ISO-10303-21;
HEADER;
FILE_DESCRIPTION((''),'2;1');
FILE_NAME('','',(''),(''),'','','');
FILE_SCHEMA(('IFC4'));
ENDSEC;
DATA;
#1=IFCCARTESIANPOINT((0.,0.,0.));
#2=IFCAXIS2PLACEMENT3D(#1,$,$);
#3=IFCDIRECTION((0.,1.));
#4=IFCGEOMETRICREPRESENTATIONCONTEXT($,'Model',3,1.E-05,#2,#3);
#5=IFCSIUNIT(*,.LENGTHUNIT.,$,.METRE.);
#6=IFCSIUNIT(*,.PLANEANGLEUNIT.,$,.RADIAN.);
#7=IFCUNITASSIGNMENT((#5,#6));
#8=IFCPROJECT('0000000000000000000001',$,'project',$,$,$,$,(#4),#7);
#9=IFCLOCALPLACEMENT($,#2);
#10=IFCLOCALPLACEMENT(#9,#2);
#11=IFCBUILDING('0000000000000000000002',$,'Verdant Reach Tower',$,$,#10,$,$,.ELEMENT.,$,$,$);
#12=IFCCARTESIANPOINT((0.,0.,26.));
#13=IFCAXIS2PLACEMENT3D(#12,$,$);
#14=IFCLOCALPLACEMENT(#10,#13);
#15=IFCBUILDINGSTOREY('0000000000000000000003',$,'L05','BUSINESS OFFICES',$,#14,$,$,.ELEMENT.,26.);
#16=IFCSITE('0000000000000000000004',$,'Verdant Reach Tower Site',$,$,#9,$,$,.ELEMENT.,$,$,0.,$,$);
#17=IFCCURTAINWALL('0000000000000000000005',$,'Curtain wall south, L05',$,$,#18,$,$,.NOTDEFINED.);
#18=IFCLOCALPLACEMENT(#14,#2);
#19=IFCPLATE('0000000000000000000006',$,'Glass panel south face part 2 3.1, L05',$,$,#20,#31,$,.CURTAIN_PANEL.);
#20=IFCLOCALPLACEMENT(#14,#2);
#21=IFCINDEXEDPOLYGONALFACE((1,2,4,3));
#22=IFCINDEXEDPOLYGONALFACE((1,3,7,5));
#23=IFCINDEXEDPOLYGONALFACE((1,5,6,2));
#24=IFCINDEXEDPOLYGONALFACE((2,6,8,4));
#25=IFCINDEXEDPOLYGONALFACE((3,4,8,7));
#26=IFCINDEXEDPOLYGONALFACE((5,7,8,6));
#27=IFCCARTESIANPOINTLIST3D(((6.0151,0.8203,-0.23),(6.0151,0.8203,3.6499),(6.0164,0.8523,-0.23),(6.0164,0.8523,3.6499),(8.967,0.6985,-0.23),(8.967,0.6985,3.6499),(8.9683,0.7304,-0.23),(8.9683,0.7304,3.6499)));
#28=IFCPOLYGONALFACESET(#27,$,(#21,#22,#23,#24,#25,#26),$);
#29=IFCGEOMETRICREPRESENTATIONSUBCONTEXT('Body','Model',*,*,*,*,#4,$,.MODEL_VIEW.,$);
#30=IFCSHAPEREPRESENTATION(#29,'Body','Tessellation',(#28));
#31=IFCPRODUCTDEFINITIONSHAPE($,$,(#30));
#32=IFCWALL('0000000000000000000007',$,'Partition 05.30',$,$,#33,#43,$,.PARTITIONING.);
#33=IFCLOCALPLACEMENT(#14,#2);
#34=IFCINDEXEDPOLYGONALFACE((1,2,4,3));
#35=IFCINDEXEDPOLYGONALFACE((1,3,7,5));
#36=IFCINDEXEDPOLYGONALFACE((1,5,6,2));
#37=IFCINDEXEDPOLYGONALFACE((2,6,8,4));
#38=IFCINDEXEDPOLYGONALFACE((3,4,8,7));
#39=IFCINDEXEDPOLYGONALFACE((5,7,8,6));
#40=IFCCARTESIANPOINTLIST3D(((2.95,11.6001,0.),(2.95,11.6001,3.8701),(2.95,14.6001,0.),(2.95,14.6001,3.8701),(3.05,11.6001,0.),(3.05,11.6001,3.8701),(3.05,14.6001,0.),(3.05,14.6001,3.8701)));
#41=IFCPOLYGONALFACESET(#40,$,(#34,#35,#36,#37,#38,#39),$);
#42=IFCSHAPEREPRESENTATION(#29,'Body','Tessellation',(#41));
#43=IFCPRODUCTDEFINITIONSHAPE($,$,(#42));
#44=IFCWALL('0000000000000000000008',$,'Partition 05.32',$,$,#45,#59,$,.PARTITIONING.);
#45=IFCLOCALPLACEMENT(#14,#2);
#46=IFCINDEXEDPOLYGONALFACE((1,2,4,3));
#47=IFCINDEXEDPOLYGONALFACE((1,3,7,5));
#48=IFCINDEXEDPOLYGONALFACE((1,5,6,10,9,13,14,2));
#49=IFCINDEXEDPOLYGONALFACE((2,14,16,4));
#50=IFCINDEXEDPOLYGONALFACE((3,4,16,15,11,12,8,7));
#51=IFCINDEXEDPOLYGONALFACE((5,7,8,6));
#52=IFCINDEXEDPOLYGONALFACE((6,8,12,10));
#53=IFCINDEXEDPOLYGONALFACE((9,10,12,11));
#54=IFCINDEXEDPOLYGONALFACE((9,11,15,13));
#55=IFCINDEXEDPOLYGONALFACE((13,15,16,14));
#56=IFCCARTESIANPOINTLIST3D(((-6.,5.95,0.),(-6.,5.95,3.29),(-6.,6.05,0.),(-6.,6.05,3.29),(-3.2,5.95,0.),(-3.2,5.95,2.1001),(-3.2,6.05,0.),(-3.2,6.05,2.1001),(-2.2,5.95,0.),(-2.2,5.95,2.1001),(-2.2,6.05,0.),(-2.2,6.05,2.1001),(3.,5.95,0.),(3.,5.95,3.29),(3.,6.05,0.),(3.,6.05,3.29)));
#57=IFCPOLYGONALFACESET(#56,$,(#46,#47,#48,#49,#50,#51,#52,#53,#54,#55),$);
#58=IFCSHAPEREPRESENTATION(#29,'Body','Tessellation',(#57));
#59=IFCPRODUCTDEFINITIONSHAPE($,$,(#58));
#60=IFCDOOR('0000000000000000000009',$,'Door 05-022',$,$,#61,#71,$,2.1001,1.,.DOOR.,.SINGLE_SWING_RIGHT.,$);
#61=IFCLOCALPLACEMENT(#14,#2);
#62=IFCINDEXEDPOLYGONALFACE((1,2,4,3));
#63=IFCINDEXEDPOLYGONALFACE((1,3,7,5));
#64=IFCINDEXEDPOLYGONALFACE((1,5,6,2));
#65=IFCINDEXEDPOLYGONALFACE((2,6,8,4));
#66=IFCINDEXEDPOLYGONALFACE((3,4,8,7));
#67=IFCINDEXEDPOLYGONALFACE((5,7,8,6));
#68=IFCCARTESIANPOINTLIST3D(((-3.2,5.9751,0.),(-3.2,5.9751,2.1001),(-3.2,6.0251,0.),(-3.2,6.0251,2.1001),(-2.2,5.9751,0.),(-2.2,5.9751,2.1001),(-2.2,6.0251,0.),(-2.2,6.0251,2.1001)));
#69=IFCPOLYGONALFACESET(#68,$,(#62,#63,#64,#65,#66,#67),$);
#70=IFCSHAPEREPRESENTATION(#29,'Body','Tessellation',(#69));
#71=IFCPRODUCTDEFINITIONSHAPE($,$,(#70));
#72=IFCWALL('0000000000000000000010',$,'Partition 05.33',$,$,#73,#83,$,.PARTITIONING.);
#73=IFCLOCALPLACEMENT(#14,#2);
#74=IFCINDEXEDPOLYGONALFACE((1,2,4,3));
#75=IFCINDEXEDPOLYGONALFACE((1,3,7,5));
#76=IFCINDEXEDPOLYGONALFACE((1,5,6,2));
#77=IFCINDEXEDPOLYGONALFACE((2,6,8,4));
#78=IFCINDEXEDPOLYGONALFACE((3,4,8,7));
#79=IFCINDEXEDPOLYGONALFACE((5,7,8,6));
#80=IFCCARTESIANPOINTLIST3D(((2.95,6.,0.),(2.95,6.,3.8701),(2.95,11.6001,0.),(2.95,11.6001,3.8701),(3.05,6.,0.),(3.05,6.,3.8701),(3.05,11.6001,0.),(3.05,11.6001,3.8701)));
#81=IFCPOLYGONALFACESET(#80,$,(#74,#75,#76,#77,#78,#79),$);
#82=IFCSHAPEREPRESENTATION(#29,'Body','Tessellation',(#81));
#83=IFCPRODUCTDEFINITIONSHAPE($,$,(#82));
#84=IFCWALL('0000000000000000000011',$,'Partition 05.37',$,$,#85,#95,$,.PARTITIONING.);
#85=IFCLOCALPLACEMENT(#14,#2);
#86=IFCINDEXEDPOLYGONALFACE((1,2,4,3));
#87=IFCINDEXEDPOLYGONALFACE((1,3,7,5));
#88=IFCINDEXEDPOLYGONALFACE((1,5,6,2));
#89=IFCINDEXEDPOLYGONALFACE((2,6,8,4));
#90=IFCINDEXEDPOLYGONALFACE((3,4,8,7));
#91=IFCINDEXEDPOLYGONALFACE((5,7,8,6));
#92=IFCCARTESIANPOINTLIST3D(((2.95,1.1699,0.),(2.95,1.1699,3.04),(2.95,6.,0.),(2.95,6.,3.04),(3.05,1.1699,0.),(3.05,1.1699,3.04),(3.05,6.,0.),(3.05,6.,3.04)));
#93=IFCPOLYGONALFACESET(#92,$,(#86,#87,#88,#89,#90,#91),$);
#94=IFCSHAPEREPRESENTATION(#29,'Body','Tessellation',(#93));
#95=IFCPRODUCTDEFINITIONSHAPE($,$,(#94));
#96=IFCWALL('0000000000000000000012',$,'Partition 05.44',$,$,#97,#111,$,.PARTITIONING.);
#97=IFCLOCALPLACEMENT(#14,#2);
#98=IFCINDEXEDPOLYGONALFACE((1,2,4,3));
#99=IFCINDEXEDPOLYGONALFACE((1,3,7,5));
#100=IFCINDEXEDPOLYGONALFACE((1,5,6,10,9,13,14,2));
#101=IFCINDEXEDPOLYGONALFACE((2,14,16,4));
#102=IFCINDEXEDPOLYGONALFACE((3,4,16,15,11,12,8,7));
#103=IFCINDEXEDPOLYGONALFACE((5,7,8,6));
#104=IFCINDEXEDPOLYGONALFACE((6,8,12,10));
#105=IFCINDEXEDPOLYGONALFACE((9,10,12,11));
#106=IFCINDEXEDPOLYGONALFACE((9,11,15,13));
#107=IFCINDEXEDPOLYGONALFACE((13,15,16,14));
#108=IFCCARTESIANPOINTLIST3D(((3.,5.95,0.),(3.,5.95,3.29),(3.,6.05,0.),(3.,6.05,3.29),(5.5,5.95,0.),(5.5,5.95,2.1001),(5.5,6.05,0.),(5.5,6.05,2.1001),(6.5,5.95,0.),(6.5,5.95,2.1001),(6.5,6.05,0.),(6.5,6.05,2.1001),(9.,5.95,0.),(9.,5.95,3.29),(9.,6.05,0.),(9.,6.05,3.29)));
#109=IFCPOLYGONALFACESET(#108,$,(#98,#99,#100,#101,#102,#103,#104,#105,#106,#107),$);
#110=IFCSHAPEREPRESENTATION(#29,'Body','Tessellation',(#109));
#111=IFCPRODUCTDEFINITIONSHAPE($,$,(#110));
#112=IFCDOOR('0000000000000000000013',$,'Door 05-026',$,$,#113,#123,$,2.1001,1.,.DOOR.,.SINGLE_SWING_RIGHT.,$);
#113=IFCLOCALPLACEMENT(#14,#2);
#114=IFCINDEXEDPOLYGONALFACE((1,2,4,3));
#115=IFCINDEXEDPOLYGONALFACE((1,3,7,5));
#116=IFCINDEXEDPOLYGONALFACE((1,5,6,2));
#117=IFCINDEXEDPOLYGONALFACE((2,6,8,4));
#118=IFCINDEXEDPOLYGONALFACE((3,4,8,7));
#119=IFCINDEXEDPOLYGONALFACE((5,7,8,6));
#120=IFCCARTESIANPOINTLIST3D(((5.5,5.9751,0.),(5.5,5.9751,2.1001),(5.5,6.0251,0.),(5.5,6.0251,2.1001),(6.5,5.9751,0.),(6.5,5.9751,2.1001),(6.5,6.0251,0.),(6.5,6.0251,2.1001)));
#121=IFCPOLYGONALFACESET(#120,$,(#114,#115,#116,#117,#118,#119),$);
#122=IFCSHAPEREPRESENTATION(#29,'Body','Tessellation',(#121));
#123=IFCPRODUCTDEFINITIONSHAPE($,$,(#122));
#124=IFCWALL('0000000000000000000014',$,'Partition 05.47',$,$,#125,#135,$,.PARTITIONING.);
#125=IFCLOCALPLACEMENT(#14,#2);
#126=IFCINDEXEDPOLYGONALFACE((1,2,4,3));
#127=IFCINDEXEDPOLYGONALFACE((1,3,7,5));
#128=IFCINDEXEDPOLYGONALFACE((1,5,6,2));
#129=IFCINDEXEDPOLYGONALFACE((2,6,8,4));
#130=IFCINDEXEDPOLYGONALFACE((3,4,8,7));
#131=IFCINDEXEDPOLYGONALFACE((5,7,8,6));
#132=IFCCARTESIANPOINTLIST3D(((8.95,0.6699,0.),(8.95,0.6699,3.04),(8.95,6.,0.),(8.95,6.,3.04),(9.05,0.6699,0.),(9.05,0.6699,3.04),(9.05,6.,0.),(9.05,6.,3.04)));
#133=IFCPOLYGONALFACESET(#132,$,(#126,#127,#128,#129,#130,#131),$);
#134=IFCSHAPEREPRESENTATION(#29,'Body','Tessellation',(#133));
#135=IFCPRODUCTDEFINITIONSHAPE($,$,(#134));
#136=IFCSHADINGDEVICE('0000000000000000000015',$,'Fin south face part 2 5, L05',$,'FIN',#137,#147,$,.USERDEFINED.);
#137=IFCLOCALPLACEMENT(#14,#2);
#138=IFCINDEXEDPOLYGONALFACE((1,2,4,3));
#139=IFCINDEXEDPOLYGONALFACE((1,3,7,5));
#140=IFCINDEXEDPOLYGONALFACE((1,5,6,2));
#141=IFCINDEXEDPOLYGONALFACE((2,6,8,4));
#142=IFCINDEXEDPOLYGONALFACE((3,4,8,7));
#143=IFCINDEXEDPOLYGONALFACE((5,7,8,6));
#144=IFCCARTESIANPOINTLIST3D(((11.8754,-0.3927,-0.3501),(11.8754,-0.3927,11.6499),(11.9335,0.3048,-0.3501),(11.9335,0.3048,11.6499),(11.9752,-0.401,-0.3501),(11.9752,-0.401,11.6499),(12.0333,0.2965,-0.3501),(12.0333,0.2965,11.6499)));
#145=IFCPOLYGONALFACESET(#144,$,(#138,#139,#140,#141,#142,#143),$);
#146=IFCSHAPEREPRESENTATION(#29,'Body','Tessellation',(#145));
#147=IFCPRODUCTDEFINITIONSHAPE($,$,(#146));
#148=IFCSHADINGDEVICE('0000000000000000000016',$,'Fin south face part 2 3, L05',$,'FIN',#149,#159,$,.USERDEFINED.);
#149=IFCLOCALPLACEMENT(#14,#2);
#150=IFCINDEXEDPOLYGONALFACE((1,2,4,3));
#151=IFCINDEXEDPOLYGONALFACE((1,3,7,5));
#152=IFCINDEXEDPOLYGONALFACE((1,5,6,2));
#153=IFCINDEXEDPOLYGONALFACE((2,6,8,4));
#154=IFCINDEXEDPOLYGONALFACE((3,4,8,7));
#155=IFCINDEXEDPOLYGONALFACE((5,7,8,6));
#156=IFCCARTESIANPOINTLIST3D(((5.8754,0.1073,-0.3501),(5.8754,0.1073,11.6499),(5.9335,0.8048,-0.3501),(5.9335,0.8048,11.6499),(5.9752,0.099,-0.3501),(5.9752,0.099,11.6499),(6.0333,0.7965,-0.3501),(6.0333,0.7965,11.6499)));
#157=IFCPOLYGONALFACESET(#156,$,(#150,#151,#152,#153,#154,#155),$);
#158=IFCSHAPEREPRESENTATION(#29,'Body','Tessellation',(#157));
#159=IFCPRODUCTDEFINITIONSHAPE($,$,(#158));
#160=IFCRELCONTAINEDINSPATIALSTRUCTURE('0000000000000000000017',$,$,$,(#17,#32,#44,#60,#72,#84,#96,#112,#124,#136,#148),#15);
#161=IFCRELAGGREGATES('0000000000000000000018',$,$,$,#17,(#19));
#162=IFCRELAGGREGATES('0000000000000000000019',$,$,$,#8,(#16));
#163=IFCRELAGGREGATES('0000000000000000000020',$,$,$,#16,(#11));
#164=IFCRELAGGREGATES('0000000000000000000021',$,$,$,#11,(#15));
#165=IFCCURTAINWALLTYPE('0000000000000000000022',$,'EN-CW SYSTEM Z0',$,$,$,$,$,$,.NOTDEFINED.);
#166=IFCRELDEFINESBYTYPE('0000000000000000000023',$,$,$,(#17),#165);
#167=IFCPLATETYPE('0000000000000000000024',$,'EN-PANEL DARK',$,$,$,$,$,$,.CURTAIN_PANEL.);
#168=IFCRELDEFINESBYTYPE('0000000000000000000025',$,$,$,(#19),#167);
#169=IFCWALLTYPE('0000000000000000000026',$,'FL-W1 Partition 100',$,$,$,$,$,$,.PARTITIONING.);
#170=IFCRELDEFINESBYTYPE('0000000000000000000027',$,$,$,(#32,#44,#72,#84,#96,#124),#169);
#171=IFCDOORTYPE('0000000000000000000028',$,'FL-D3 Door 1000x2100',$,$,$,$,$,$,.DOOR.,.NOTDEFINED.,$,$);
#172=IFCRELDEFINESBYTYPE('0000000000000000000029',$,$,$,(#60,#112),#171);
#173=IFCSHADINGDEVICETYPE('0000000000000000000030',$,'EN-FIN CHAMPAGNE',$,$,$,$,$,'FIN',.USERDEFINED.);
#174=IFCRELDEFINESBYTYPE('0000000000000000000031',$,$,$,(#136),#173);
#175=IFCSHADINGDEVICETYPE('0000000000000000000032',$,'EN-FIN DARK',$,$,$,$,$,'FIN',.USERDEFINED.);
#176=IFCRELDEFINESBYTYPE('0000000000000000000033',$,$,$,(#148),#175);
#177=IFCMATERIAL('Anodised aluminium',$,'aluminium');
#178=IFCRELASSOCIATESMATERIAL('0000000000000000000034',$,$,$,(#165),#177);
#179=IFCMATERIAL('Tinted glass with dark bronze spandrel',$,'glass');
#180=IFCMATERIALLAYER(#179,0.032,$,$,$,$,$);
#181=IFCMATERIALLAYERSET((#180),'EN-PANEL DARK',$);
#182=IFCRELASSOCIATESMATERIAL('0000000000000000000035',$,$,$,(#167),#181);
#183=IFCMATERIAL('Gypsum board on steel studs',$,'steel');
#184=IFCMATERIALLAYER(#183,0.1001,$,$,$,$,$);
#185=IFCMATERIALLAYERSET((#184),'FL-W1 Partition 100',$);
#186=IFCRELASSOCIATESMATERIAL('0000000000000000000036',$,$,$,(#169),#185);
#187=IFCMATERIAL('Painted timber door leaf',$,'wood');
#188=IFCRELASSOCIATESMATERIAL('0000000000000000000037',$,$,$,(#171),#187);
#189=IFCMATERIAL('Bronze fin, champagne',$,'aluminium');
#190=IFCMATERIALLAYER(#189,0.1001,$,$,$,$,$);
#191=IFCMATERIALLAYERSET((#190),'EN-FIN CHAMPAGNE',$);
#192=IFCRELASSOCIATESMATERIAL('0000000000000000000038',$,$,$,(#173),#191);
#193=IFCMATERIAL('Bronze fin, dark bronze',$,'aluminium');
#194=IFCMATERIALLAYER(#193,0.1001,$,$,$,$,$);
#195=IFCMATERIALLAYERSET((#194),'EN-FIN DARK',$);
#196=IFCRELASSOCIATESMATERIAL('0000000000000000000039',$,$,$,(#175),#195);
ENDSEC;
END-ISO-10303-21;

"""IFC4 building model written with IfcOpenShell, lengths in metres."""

from ifc_helpers import new_model, si_unit, direction, frame, frame_2d, origin, origin_2d, place, context, subcontext, project, spatial, rectangle, extrude, material, layer, layer_set, type_object, element, fill, aggregate, save


model = new_model("IFC4")

# Units and contexts
model_context = context("Model", 3, precision=1e-05, world=origin(), true_north=direction((0.0, 1.0)))
body_context = subcontext(model_context, "Body", "Model", "MODEL_VIEW")
ifc_project = project(units=[si_unit("LENGTHUNIT", "METRE"), si_unit("PLANEANGLEUNIT", "RADIAN")], contexts=[model_context])

# Site, building, storey
site_placement = place(None, origin())
site = spatial("IfcSite", under=ifc_project, at=site_placement, Name="Verdant Reach Tower Site", CompositionType="ELEMENT", RefElevation=0.0)
building_placement = place(site_placement, origin())
building = spatial("IfcBuilding", under=site, at=building_placement, Name="Verdant Reach Tower", CompositionType="ELEMENT")
storey_placement = place(building_placement, frame((0.0, 0.0, 26.0)))
storey = spatial("IfcBuildingStorey", under=building, at=storey_placement, Name="L05", Description="BUSINESS OFFICES", CompositionType="ELEMENT", Elevation=26.0)

# Curtain wall
ifc_material_1 = material(Name="Anodised aluminium", Category="aluminium")
curtain_wall_type = type_object("IfcCurtainWallType", Name="EN-CW SYSTEM Z0", PredefinedType="NOTDEFINED", material=ifc_material_1)
curtain_wall_placement = place(storey_placement, origin())
curtain_wall = element("IfcCurtainWall", 1, at=curtain_wall_placement, inside=storey, type_object=curtain_wall_type, Name="Curtain wall south, L05", PredefinedType="NOTDEFINED")

# Plate
ifc_material_2 = material(Name="Tinted glass with dark bronze spandrel", Category="glass")
ifc_layer_1 = layer(ifc_material_2, 0.032)
ifc_layer_set_1 = layer_set([ifc_layer_1], Name="EN-PANEL DARK")
plate_type_1 = type_object("IfcPlateType", Name="EN-PANEL DARK", PredefinedType="CURTAIN_PANEL", material=ifc_layer_set_1)
plate_1_placement = place(storey_placement, frame((7.4917, 0.7754, -0.23), z_axis=(0.0, 0.0, 1.0), x_axis=(0.999149, -0.041242, 0.0)))
plate_1 = element("IfcPlate", 2, at=plate_1_placement, type_object=plate_type_1, Name="Glass panel south face part 2 3.1, L05", PredefinedType="CURTAIN_PANEL", context=body_context, shape_type="SweptSolid", body=[
    extrude(rectangle(XDim=2.9543, YDim=0.032, at=origin_2d()), origin(), (0.0, 0.0, 1.0), 3.8799),
])
aggregate(curtain_wall, [plate_1])

# Wall
ifc_material_3 = material(Name="Gypsum board on steel studs", Category="steel")
ifc_layer_2 = layer(ifc_material_3, 0.1001)
ifc_layer_set_2 = layer_set([ifc_layer_2], Name="FL-W1 Partition 100")
wall_type = type_object("IfcWallType", Name="FL-W1 Partition 100", PredefinedType="PARTITIONING", material=ifc_layer_set_2)
wall_1_placement = place(storey_placement, frame((3.0, 11.6001, 0.0), z_axis=(0.0, 0.0, 1.0), x_axis=(0.0, 1.0, 0.0)))
element("IfcWall", 3, at=wall_1_placement, inside=storey, type_object=wall_type, Name="Partition 05.30", PredefinedType="PARTITIONING", context=body_context, shape_type="SweptSolid", body=[
    extrude(rectangle(XDim=3.0, YDim=0.1001, at=frame_2d((1.5, 0.0))), origin(), (0.0, 0.0, 1.0), 3.8701),
])

# Wall, opening, door
wall_2_placement = place(storey_placement, frame((3.0, 6.0, 0.0), z_axis=(0.0, 0.0, 1.0), x_axis=(-1.0, 0.0, 0.0)))
wall_2 = element("IfcWall", 4, at=wall_2_placement, inside=storey, type_object=wall_type, Name="Partition 05.32", PredefinedType="PARTITIONING", context=body_context, shape_type="SweptSolid", body=[
    extrude(rectangle(XDim=9.0, YDim=0.1001, at=frame_2d((4.5, 0.0))), origin(), (0.0, 0.0, 1.0), 3.29),
])
opening_1_placement = place(wall_2_placement, frame((5.2, 0.0, 0.0)))
opening_1 = element("IfcOpeningElement", 5, at=opening_1_placement, cuts=wall_2, PredefinedType="OPENING", context=body_context, shape_type="SweptSolid", body=[
    extrude(rectangle(XDim=1.0, YDim=2.1001, at=frame_2d((0.5, 1.05))), frame((0.0, 0.0601, 0.0), z_axis=(0.0, -1.0, 0.0), x_axis=(1.0, 0.0, 0.0)), (0.0, 0.0, 1.0), 0.1201),
])
ifc_material_4 = material(Name="Painted timber door leaf", Category="wood")
door_type = type_object("IfcDoorType", Name="FL-D3 Door 1000x2100", OperationType="NOTDEFINED", PredefinedType="DOOR", material=ifc_material_4)
door_1_placement = place(opening_1_placement, origin())
door_1 = element("IfcDoor", 6, at=door_1_placement, inside=storey, type_object=door_type, Name="Door 05-022", OperationType="SINGLE_SWING_RIGHT", OverallHeight=2.1001, OverallWidth=1.0, PredefinedType="DOOR", context=body_context, shape_type="SweptSolid", body=[
    extrude(rectangle(XDim=1.0, YDim=2.1001, at=frame_2d((0.5, 1.05))), frame((0.0, 0.0249, 0.0), z_axis=(0.0, -1.0, 0.0), x_axis=(1.0, 0.0, 0.0)), (0.0, 0.0, 1.0), 0.05),
])
fill(opening_1, door_1)

# Walls
wall_3_placement = place(storey_placement, frame((3.0, 6.0, 0.0), z_axis=(0.0, 0.0, 1.0), x_axis=(0.0, 1.0, 0.0)))
element("IfcWall", 7, at=wall_3_placement, inside=storey, type_object=wall_type, Name="Partition 05.33", PredefinedType="PARTITIONING", context=body_context, shape_type="SweptSolid", body=[
    extrude(rectangle(XDim=5.6001, YDim=0.1001, at=frame_2d((2.8, 0.0))), origin(), (0.0, 0.0, 1.0), 3.8701),
])
wall_4_placement = place(storey_placement, frame((3.0, 1.1699, 0.0), z_axis=(0.0, 0.0, 1.0), x_axis=(0.0, 1.0, 0.0)))
element("IfcWall", 8, at=wall_4_placement, inside=storey, type_object=wall_type, Name="Partition 05.37", PredefinedType="PARTITIONING", context=body_context, shape_type="SweptSolid", body=[
    extrude(rectangle(XDim=4.8301, YDim=0.1001, at=frame_2d((2.415, 0.0))), origin(), (0.0, 0.0, 1.0), 3.04),
])

# Wall, opening, door
wall_5_placement = place(storey_placement, frame((9.0, 6.0, 0.0), z_axis=(0.0, 0.0, 1.0), x_axis=(-1.0, 0.0, 0.0)))
wall_5 = element("IfcWall", 9, at=wall_5_placement, inside=storey, type_object=wall_type, Name="Partition 05.44", PredefinedType="PARTITIONING", context=body_context, shape_type="SweptSolid", body=[
    extrude(rectangle(XDim=6.0, YDim=0.1001, at=frame_2d((3.0, 0.0))), origin(), (0.0, 0.0, 1.0), 3.29),
])
opening_2_placement = place(wall_5_placement, frame((2.5, 0.0, 0.0)))
opening_2 = element("IfcOpeningElement", 10, at=opening_2_placement, cuts=wall_5, PredefinedType="OPENING", context=body_context, shape_type="SweptSolid", body=[
    extrude(rectangle(XDim=1.0, YDim=2.1001, at=frame_2d((0.5, 1.05))), frame((0.0, 0.0601, 0.0), z_axis=(0.0, -1.0, 0.0), x_axis=(1.0, 0.0, 0.0)), (0.0, 0.0, 1.0), 0.1201),
])
door_2_placement = place(opening_2_placement, origin())
door_2 = element("IfcDoor", 11, at=door_2_placement, inside=storey, type_object=door_type, Name="Door 05-026", OperationType="SINGLE_SWING_RIGHT", OverallHeight=2.1001, OverallWidth=1.0, PredefinedType="DOOR", context=body_context, shape_type="SweptSolid", body=[
    extrude(rectangle(XDim=1.0, YDim=2.1001, at=frame_2d((0.5, 1.05))), frame((0.0, 0.0249, 0.0), z_axis=(0.0, -1.0, 0.0), x_axis=(1.0, 0.0, 0.0)), (0.0, 0.0, 1.0), 0.05),
])
fill(opening_2, door_2)

# Wall
wall_6_placement = place(storey_placement, frame((9.0, 0.6699, 0.0), z_axis=(0.0, 0.0, 1.0), x_axis=(0.0, 1.0, 0.0)))
element("IfcWall", 12, at=wall_6_placement, inside=storey, type_object=wall_type, Name="Partition 05.47", PredefinedType="PARTITIONING", context=body_context, shape_type="SweptSolid", body=[
    extrude(rectangle(XDim=5.3301, YDim=0.1001, at=frame_2d((2.665, 0.0))), origin(), (0.0, 0.0, 1.0), 3.04),
])

# Shading devices
ifc_material_5 = material(Name="Bronze fin, champagne", Category="aluminium")
ifc_layer_3 = layer(ifc_material_5, 0.1001)
ifc_layer_set_3 = layer_set([ifc_layer_3], Name="EN-FIN CHAMPAGNE")
shading_device_type_1 = type_object("IfcShadingDeviceType", Name="EN-FIN CHAMPAGNE", ElementType="FIN", PredefinedType="USERDEFINED", material=ifc_layer_set_3)
shading_device_1_placement = place(storey_placement, frame((11.9543, -0.0481, -0.3501), z_axis=(0.0, 0.0, 1.0), x_axis=(0.996546, -0.083045, 0.0)))
element("IfcShadingDevice", 13, at=shading_device_1_placement, inside=storey, type_object=shading_device_type_1, Name="Fin south face part 2 5, L05", ObjectType="FIN", PredefinedType="USERDEFINED", context=body_context, shape_type="SweptSolid", body=[
    extrude(rectangle(XDim=0.1001, YDim=0.7, at=origin_2d()), origin(), (0.0, 0.0, 1.0), 12.0),
])
ifc_material_6 = material(Name="Bronze fin, dark bronze", Category="aluminium")
ifc_layer_4 = layer(ifc_material_6, 0.1001)
ifc_layer_set_4 = layer_set([ifc_layer_4], Name="EN-FIN DARK")
shading_device_type_2 = type_object("IfcShadingDeviceType", Name="EN-FIN DARK", ElementType="FIN", PredefinedType="USERDEFINED", material=ifc_layer_set_4)
shading_device_2_placement = place(storey_placement, frame((5.9543, 0.4519, -0.3501), z_axis=(0.0, 0.0, 1.0), x_axis=(0.996546, -0.083045, 0.0)))
element("IfcShadingDevice", 14, at=shading_device_2_placement, inside=storey, type_object=shading_device_type_2, Name="Fin south face part 2 3, L05", ObjectType="FIN", PredefinedType="USERDEFINED", context=body_context, shape_type="SweptSolid", body=[
    extrude(rectangle(XDim=0.1001, YDim=0.7, at=origin_2d()), origin(), (0.0, 0.0, 1.0), 12.0),
])

save(model, "model.ifc")
